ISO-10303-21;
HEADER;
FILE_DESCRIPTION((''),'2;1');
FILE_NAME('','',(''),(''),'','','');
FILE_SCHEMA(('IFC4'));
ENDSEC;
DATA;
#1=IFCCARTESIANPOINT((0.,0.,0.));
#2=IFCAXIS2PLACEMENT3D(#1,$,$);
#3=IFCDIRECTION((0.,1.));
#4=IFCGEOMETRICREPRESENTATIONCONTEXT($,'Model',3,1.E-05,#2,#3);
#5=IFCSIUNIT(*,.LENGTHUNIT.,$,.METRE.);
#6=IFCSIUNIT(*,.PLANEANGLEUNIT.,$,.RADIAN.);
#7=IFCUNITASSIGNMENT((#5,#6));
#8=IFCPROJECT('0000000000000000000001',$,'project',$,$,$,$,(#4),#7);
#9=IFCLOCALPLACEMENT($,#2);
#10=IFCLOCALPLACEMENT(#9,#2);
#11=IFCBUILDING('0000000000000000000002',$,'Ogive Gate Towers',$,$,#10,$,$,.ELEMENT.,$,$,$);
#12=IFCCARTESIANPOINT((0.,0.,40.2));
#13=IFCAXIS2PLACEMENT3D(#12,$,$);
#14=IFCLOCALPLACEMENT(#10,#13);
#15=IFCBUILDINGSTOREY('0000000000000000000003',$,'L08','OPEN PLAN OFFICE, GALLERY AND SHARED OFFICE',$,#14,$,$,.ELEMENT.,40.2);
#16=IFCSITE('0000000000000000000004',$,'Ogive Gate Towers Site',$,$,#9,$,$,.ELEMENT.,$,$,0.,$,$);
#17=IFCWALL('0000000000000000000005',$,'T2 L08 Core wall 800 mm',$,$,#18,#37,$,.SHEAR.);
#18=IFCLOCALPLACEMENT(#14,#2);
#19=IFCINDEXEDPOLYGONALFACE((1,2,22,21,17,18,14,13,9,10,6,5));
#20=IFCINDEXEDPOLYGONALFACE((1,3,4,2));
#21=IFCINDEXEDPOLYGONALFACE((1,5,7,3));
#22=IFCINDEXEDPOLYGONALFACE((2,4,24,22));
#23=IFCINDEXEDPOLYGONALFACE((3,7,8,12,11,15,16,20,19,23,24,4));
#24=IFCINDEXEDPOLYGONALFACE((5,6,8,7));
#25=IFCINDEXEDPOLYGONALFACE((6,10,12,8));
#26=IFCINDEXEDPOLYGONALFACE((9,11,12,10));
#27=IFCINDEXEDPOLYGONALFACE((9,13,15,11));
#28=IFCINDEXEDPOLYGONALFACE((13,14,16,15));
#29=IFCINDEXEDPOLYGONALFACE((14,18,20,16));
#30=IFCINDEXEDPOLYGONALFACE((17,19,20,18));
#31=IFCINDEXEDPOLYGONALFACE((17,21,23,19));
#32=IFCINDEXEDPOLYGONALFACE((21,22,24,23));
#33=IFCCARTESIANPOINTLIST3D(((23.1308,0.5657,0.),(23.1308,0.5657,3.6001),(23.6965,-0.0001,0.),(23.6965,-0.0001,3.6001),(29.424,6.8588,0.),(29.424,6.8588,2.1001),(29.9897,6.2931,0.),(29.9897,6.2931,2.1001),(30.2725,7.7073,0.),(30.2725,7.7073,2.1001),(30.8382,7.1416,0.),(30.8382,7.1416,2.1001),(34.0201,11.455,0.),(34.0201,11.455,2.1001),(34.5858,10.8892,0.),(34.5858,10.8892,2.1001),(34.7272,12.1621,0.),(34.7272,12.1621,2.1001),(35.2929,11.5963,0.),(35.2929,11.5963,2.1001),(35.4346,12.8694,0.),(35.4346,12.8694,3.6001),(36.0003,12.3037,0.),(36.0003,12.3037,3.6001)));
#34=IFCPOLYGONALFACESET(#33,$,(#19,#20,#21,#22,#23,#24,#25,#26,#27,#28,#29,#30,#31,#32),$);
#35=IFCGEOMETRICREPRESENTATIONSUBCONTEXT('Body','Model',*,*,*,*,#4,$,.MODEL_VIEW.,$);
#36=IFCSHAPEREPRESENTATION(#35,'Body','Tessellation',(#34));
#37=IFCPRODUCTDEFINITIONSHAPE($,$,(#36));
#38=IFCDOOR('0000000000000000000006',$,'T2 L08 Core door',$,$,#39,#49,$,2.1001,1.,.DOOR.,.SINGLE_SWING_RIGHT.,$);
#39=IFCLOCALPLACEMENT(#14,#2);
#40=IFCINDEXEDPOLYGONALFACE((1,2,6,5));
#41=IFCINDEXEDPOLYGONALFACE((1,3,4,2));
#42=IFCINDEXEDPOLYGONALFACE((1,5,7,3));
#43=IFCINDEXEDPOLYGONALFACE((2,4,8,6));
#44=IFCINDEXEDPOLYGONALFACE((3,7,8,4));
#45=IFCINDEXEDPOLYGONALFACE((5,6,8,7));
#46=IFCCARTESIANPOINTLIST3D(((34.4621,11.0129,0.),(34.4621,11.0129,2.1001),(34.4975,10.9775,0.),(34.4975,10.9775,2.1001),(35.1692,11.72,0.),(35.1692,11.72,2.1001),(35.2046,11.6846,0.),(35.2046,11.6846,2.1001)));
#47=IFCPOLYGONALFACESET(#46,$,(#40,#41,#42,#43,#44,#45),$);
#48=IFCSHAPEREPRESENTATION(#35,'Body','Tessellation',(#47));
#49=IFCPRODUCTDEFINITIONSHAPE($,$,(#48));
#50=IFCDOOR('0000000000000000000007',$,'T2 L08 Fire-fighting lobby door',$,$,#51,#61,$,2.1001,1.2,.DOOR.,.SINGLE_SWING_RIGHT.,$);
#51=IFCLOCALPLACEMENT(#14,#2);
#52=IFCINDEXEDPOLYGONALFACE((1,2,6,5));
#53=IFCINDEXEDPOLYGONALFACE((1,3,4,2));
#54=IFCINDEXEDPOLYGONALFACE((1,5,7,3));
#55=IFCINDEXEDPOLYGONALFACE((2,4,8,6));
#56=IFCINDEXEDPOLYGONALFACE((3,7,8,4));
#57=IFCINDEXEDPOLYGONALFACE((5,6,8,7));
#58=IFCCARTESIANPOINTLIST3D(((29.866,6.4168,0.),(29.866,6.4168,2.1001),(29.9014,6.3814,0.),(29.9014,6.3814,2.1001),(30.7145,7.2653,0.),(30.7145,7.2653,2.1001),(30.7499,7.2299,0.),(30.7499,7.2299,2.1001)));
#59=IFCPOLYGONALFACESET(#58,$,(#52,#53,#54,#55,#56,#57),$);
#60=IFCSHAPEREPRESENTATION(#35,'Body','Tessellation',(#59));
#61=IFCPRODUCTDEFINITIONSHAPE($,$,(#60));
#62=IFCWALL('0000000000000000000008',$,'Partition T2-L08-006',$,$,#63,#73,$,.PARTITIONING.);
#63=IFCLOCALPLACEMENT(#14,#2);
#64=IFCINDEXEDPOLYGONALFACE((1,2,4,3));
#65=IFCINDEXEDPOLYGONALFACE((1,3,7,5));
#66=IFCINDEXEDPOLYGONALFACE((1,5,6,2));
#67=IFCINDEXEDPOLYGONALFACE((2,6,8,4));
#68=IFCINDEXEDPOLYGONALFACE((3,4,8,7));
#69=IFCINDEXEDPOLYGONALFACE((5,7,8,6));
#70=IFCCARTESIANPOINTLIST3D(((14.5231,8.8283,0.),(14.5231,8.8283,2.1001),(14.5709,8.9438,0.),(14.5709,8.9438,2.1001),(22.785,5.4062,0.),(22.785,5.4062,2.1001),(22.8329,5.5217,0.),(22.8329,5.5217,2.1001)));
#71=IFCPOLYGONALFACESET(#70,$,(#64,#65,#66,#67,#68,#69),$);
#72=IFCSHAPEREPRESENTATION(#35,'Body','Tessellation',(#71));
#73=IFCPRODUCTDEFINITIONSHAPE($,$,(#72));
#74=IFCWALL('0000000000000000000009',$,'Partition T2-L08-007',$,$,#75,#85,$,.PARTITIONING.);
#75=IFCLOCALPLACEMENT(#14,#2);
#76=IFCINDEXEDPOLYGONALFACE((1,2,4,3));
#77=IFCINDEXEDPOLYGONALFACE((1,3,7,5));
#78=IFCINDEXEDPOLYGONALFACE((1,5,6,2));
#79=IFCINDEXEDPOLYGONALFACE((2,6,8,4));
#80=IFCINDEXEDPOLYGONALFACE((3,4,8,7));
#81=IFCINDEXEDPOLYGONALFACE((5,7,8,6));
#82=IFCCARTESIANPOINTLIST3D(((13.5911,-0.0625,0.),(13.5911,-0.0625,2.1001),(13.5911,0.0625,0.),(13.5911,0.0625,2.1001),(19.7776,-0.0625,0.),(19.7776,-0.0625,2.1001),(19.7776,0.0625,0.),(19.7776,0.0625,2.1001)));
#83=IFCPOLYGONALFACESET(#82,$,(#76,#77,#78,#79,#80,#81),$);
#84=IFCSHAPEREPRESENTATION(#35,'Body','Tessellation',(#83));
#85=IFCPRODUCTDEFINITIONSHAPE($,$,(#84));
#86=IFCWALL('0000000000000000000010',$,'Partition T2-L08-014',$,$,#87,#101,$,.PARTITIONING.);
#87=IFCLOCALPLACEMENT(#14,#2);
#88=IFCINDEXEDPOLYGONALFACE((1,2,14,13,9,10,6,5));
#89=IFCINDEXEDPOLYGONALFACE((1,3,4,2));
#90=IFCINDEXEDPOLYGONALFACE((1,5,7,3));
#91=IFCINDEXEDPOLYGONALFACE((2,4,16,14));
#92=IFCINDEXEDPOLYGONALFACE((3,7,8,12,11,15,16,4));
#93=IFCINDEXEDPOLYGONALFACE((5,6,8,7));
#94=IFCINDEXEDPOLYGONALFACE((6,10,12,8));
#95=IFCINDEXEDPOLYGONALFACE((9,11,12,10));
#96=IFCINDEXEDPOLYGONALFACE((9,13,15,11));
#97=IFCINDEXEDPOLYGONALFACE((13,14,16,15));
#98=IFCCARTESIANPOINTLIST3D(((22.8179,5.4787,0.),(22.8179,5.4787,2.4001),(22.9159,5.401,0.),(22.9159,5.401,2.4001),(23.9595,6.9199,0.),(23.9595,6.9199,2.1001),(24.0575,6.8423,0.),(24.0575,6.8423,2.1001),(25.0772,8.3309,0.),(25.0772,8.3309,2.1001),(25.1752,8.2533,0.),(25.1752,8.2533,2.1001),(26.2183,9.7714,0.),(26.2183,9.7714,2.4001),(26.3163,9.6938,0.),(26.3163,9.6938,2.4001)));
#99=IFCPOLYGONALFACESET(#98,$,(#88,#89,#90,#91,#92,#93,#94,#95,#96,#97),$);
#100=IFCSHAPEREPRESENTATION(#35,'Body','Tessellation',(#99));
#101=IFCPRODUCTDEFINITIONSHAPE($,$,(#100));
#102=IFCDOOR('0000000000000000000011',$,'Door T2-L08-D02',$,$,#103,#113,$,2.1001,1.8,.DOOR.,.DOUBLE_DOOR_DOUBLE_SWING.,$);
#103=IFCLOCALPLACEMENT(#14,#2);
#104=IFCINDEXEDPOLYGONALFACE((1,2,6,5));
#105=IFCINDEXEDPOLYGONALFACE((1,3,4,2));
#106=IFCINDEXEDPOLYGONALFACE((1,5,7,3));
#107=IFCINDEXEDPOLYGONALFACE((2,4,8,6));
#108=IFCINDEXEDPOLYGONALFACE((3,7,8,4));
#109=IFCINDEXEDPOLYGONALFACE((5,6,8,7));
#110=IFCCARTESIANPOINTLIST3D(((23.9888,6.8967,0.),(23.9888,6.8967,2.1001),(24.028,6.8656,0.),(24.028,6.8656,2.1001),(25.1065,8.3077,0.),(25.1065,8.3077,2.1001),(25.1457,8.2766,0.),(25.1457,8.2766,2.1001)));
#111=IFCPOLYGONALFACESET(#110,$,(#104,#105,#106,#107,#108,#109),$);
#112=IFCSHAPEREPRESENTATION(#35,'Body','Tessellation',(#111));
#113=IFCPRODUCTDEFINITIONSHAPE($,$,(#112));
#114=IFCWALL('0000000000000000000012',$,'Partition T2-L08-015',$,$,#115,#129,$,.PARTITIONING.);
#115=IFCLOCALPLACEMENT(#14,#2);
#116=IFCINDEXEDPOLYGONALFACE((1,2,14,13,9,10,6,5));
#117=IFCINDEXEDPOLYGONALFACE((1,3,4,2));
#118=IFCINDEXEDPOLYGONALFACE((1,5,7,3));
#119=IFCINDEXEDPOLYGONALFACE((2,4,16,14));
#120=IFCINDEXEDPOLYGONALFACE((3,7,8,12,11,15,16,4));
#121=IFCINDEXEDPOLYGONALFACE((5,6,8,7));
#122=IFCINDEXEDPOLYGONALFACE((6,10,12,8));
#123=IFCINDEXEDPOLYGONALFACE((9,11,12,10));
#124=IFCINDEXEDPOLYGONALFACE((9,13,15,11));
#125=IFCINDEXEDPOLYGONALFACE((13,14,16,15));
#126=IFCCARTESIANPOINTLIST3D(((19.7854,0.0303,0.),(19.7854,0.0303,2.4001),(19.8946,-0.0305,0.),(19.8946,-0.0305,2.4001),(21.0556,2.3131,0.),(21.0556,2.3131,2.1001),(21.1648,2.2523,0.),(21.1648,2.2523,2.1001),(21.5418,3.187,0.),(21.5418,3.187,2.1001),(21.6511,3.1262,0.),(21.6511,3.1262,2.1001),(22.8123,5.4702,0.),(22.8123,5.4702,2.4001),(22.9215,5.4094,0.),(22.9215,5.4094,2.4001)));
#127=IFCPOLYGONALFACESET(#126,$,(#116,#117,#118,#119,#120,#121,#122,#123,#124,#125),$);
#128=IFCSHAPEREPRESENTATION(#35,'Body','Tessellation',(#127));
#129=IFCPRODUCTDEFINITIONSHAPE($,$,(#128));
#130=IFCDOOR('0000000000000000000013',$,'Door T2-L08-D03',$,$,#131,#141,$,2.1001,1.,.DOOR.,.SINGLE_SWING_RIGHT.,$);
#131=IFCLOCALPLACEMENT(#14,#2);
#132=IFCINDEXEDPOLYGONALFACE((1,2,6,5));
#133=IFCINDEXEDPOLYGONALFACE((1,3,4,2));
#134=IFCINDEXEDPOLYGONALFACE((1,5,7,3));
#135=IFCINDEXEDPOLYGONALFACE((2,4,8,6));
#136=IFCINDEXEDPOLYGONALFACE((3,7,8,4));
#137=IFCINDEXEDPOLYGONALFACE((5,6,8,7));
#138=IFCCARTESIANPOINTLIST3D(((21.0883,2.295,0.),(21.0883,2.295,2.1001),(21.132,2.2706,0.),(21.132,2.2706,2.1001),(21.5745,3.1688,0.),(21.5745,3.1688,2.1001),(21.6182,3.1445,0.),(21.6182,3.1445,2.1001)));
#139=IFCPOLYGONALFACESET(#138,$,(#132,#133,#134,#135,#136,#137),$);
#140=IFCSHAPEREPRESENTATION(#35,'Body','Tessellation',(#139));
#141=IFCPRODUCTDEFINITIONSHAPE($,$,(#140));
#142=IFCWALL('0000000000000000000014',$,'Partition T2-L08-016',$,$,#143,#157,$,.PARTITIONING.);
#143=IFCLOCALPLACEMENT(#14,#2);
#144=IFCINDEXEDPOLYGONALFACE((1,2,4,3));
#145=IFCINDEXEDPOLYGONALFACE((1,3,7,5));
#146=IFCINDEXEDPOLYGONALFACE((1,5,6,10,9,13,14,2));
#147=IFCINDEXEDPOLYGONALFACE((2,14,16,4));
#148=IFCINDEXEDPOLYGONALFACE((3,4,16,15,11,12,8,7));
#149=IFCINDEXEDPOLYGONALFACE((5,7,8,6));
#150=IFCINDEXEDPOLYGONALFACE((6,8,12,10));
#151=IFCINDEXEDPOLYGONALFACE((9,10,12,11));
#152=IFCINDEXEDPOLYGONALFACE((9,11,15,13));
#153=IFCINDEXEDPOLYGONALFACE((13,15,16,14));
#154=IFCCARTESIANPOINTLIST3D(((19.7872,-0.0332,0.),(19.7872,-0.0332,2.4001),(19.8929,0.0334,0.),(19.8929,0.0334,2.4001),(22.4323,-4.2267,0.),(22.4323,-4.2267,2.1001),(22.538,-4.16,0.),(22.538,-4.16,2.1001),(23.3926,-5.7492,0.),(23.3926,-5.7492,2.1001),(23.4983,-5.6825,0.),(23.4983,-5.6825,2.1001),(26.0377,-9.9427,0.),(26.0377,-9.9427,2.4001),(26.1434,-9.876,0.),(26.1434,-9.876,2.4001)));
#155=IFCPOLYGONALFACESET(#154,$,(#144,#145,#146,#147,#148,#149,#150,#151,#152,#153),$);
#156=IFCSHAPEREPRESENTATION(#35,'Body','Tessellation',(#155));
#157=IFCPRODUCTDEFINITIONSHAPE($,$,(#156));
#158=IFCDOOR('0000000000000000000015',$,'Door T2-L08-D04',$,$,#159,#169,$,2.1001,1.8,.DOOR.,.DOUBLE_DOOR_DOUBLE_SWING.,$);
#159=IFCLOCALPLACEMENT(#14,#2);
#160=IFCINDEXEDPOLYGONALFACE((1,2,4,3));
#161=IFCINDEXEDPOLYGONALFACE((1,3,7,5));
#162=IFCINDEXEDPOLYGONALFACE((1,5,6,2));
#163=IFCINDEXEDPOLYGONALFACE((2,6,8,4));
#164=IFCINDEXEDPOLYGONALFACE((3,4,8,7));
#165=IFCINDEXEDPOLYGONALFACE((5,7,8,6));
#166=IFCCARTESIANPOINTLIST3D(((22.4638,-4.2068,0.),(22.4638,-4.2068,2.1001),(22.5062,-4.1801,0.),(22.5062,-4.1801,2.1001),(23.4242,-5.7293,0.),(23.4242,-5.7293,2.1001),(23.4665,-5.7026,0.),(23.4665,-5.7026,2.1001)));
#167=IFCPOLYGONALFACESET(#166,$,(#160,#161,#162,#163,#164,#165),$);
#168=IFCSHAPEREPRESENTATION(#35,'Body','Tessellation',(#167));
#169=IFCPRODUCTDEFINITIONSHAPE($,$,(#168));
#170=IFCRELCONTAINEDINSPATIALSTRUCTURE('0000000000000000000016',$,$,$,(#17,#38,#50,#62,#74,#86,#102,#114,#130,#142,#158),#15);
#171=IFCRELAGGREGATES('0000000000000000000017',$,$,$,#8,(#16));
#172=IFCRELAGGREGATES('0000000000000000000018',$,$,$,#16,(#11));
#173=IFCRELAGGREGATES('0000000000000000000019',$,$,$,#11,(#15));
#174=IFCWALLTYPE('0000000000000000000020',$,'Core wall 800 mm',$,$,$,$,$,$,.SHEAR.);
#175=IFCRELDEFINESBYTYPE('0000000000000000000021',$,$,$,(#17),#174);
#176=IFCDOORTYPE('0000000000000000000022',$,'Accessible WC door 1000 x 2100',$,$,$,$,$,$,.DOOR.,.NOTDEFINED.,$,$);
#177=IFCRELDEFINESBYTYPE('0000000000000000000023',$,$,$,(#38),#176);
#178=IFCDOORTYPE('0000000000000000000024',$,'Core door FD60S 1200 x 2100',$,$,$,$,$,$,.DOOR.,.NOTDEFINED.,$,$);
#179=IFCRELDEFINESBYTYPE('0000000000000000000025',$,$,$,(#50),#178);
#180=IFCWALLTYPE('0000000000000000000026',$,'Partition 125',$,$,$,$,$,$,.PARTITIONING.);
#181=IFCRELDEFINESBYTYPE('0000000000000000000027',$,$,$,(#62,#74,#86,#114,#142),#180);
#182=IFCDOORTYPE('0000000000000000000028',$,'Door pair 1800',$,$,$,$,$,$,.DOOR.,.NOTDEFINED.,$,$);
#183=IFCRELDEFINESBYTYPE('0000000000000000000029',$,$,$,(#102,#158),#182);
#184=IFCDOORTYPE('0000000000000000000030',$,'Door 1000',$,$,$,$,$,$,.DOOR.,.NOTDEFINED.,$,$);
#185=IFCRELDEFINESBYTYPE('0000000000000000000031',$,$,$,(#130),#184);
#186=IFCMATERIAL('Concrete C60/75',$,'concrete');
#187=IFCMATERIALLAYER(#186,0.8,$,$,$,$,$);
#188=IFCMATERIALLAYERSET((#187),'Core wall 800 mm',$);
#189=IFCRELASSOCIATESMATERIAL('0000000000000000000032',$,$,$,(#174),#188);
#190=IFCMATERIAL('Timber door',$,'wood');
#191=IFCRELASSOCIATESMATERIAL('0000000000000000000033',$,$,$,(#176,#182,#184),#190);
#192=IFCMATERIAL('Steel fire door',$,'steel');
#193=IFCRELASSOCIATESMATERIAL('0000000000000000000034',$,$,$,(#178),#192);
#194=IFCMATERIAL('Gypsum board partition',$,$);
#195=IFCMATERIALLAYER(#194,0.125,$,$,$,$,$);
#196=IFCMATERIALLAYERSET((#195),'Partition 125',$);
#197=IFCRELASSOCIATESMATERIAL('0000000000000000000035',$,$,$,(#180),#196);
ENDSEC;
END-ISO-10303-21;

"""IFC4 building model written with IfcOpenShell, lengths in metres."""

from ifc_helpers import new_model, si_unit, direction, frame, frame_2d, origin, place, context, subcontext, project, spatial, rectangle, extrude, material, layer, layer_set, type_object, element, fill, save


model = new_model("IFC4")

# Units and contexts
model_context = context("Model", 3, precision=1e-05, world=origin(), true_north=direction((0.0, 1.0)))
body_context = subcontext(model_context, "Body", "Model", "MODEL_VIEW")
ifc_project = project(units=[si_unit("LENGTHUNIT", "METRE"), si_unit("PLANEANGLEUNIT", "RADIAN")], contexts=[model_context])

# Site, building, storey
site_placement = place(None, origin())
site = spatial("IfcSite", under=ifc_project, at=site_placement, Name="Ogive Gate Towers Site", CompositionType="ELEMENT", RefElevation=0.0)
building_placement = place(site_placement, origin())
building = spatial("IfcBuilding", under=site, at=building_placement, Name="Ogive Gate Towers", CompositionType="ELEMENT")
storey_placement = place(building_placement, frame((0.0, 0.0, 40.2)))
storey = spatial("IfcBuildingStorey", under=building, at=storey_placement, Name="L08", Description="OPEN PLAN OFFICE, GALLERY AND SHARED OFFICE", CompositionType="ELEMENT", Elevation=40.2)

# Wall, openings, doors
ifc_material_1 = material(Name="Concrete C60/75", Category="concrete")
ifc_layer_1 = layer(ifc_material_1, 0.8)
ifc_layer_set_1 = layer_set([ifc_layer_1], Name="Core wall 800 mm")
wall_type_1 = type_object("IfcWallType", Name="Core wall 800 mm", PredefinedType="SHEAR", material=ifc_layer_set_1)
wall_1_placement = place(storey_placement, frame((23.4136, 0.2827, 0.0), z_axis=(0.0, 0.0, 1.0), x_axis=(0.707107, 0.707107, 0.0)))
wall_1 = element("IfcWall", 1, at=wall_1_placement, inside=storey, type_object=wall_type_1, Name="T2 L08 Core wall 800 mm", PredefinedType="SHEAR", context=body_context, shape_type="SweptSolid", body=[
    extrude(rectangle(XDim=17.4001, YDim=0.8, at=frame_2d((8.7002, 0.0))), origin(), (0.0, 0.0, 1.0), 3.6001),
])
opening_1_placement = place(wall_1_placement, frame((8.8999, 0.0, 0.0)))
opening_1 = element("IfcOpeningElement", 2, at=opening_1_placement, cuts=wall_1, PredefinedType="OPENING", context=body_context, shape_type="SweptSolid", body=[
    extrude(rectangle(XDim=1.2, YDim=2.1001, at=frame_2d((0.6001, 1.05))), frame((0.0, 0.4102, 0.0), z_axis=(0.0, -1.0, 0.0), x_axis=(1.0, 0.0, 0.0)), (0.0, 0.0, 1.0), 0.8201),
])
opening_2_placement = place(wall_1_placement, frame((15.3999, 0.0, 0.0)))
opening_2 = element("IfcOpeningElement", 3, at=opening_2_placement, cuts=wall_1, PredefinedType="OPENING", context=body_context, shape_type="SweptSolid", body=[
    extrude(rectangle(XDim=1.0, YDim=2.1001, at=frame_2d((0.5, 1.05))), frame((0.0, 0.4102, 0.0), z_axis=(0.0, -1.0, 0.0), x_axis=(1.0, 0.0, 0.0)), (0.0, 0.0, 1.0), 0.8201),
])
ifc_material_2 = material(Name="Timber door", Category="wood")
door_type_1 = type_object("IfcDoorType", Name="Accessible WC door 1000 x 2100", OperationType="NOTDEFINED", PredefinedType="DOOR", material=ifc_material_2)
door_1_placement = place(opening_2_placement, origin())
door_1 = element("IfcDoor", 4, at=door_1_placement, inside=storey, type_object=door_type_1, Name="T2 L08 Core door", OperationType="SINGLE_SWING_RIGHT", OverallHeight=2.1001, OverallWidth=1.0, PredefinedType="DOOR", context=body_context, shape_type="SweptSolid", body=[
    extrude(rectangle(XDim=1.0, YDim=2.1001, at=frame_2d((0.5, 1.05))), frame((0.0, -0.2251, 0.0), z_axis=(0.0, -1.0, 0.0), x_axis=(1.0, 0.0, 0.0)), (0.0, 0.0, 1.0), 0.05),
])
fill(opening_2, door_1)
ifc_material_3 = material(Name="Steel fire door", Category="steel")
door_type_2 = type_object("IfcDoorType", Name="Core door FD60S 1200 x 2100", OperationType="NOTDEFINED", PredefinedType="DOOR", material=ifc_material_3)
door_2_placement = place(opening_1_placement, origin())
door_2 = element("IfcDoor", 5, at=door_2_placement, inside=storey, type_object=door_type_2, Name="T2 L08 Fire-fighting lobby door", OperationType="SINGLE_SWING_RIGHT", OverallHeight=2.1001, OverallWidth=1.2, PredefinedType="DOOR", context=body_context, shape_type="SweptSolid", body=[
    extrude(rectangle(XDim=1.2, YDim=2.1001, at=frame_2d((0.6001, 1.05))), frame((0.0, -0.2251, 0.0), z_axis=(0.0, -1.0, 0.0), x_axis=(1.0, 0.0, 0.0)), (0.0, 0.0, 1.0), 0.05),
])
fill(opening_1, door_2)

# Walls
ifc_material_4 = material(Name="Gypsum board partition")
ifc_layer_2 = layer(ifc_material_4, 0.125)
ifc_layer_set_2 = layer_set([ifc_layer_2], Name="Partition 125")
wall_type_2 = type_object("IfcWallType", Name="Partition 125", PredefinedType="PARTITIONING", material=ifc_layer_set_2)
wall_2_placement = place(storey_placement, frame((14.5471, 8.886, 0.0), z_axis=(0.0, 0.0, 1.0), x_axis=(0.923883, -0.382674, 0.0)))
element("IfcWall", 6, at=wall_2_placement, inside=storey, type_object=wall_type_2, Name="Partition T2-L08-006", PredefinedType="PARTITIONING", context=body_context, shape_type="SweptSolid", body=[
    extrude(rectangle(XDim=8.9426, YDim=0.125, at=frame_2d((4.4712, 0.0))), origin(), (0.0, 0.0, 1.0), 2.1001),
])
wall_3_placement = place(storey_placement, frame((13.5911, 0.0, 0.0), z_axis=(0.0, 0.0, 1.0), x_axis=(1.0, 0.0, 0.0)))
element("IfcWall", 7, at=wall_3_placement, inside=storey, type_object=wall_type_2, Name="Partition T2-L08-007", PredefinedType="PARTITIONING", context=body_context, shape_type="SweptSolid", body=[
    extrude(rectangle(XDim=6.1865, YDim=0.125, at=frame_2d((3.0933, 0.0))), origin(), (0.0, 0.0, 1.0), 2.1001),
])

# Walls, openings, doors
wall_4_placement = place(storey_placement, frame((26.2673, 9.7327, 0.0), z_axis=(0.0, 0.0, 1.0), x_axis=(-0.620926, -0.78387, 0.0)))
wall_4 = element("IfcWall", 8, at=wall_4_placement, inside=storey, type_object=wall_type_2, Name="Partition T2-L08-014", PredefinedType="PARTITIONING", context=body_context, shape_type="SweptSolid", body=[
    extrude(rectangle(XDim=5.4763, YDim=0.125, at=frame_2d((2.7383, 0.0))), origin(), (0.0, 0.0, 1.0), 2.4001),
])
opening_3_placement = place(wall_4_placement, frame((1.8379, 0.0, 0.0)))
opening_3 = element("IfcOpeningElement", 9, at=opening_3_placement, cuts=wall_4, PredefinedType="OPENING", context=body_context, shape_type="SweptSolid", body=[
    extrude(rectangle(XDim=1.8, YDim=2.1001, at=frame_2d((0.8999, 1.05))), frame((0.0, 0.0725, 0.0), z_axis=(0.0, -1.0, 0.0), x_axis=(1.0, 0.0, 0.0)), (0.0, 0.0, 1.0), 0.145),
])
door_type_3 = type_object("IfcDoorType", Name="Door pair 1800", OperationType="NOTDEFINED", PredefinedType="DOOR", material=ifc_material_2)
door_3_placement = place(opening_3_placement, origin())
door_3 = element("IfcDoor", 10, at=door_3_placement, inside=storey, type_object=door_type_3, Name="Door T2-L08-D02", OperationType="DOUBLE_DOOR_DOUBLE_SWING", OverallHeight=2.1001, OverallWidth=1.8, PredefinedType="DOOR", context=body_context, shape_type="SweptSolid", body=[
    extrude(rectangle(XDim=1.8, YDim=2.1001, at=frame_2d((0.8999, 1.05))), frame((0.0, 0.0249, 0.0), z_axis=(0.0, -1.0, 0.0), x_axis=(1.0, 0.0, 0.0)), (0.0, 0.0, 1.0), 0.05),
])
fill(opening_3, door_3)
wall_5_placement = place(storey_placement, frame((22.8669, 5.4399, 0.0), z_axis=(0.0, 0.0, 1.0), x_axis=(-0.486216, -0.873839, 0.0)))
wall_5 = element("IfcWall", 11, at=wall_5_placement, inside=storey, type_object=wall_type_2, Name="Partition T2-L08-015", PredefinedType="PARTITIONING", context=body_context, shape_type="SweptSolid", body=[
    extrude(rectangle(XDim=6.2253, YDim=0.125, at=frame_2d((3.1128, 0.0))), origin(), (0.0, 0.0, 1.0), 2.4001),
])
opening_4_placement = place(wall_5_placement, frame((2.613, 0.0, 0.0)))
opening_4 = element("IfcOpeningElement", 12, at=opening_4_placement, cuts=wall_5, PredefinedType="OPENING", context=body_context, shape_type="SweptSolid", body=[
    extrude(rectangle(XDim=1.0, YDim=2.1001, at=frame_2d((0.5, 1.05))), frame((0.0, 0.0725, 0.0), z_axis=(0.0, -1.0, 0.0), x_axis=(1.0, 0.0, 0.0)), (0.0, 0.0, 1.0), 0.145),
])
door_type_4 = type_object("IfcDoorType", Name="Door 1000", OperationType="NOTDEFINED", PredefinedType="DOOR", material=ifc_material_2)
door_4_placement = place(opening_4_placement, origin())
door_4 = element("IfcDoor", 13, at=door_4_placement, inside=storey, type_object=door_type_4, Name="Door T2-L08-D03", OperationType="SINGLE_SWING_RIGHT", OverallHeight=2.1001, OverallWidth=1.0, PredefinedType="DOOR", context=body_context, shape_type="SweptSolid", body=[
    extrude(rectangle(XDim=1.0, YDim=2.1001, at=frame_2d((0.5, 1.05))), frame((0.0, 0.0249, 0.0), z_axis=(0.0, -1.0, 0.0), x_axis=(1.0, 0.0, 0.0)), (0.0, 0.0, 1.0), 0.05),
])
fill(opening_4, door_4)
wall_6_placement = place(storey_placement, frame((19.8401, 0.0, 0.0), z_axis=(0.0, 0.0, 1.0), x_axis=(0.533499, -0.845801, 0.0)))
wall_6 = element("IfcWall", 14, at=wall_6_placement, inside=storey, type_object=wall_type_2, Name="Partition T2-L08-016", PredefinedType="PARTITIONING", context=body_context, shape_type="SweptSolid", body=[
    extrude(rectangle(XDim=11.7161, YDim=0.125, at=frame_2d((5.8579, 0.0))), origin(), (0.0, 0.0, 1.0), 2.4001),
])
opening_5_placement = place(wall_6_placement, frame((4.958, 0.0, 0.0)))
opening_5 = element("IfcOpeningElement", 15, at=opening_5_placement, cuts=wall_6, PredefinedType="OPENING", context=body_context, shape_type="SweptSolid", body=[
    extrude(rectangle(XDim=1.8, YDim=2.1001, at=frame_2d((0.8999, 1.05))), frame((0.0, 0.0725, 0.0), z_axis=(0.0, -1.0, 0.0), x_axis=(1.0, 0.0, 0.0)), (0.0, 0.0, 1.0), 0.145),
])
door_5_placement = place(opening_5_placement, origin())
door_5 = element("IfcDoor", 16, at=door_5_placement, inside=storey, type_object=door_type_3, Name="Door T2-L08-D04", OperationType="DOUBLE_DOOR_DOUBLE_SWING", OverallHeight=2.1001, OverallWidth=1.8, PredefinedType="DOOR", context=body_context, shape_type="SweptSolid", body=[
    extrude(rectangle(XDim=1.8, YDim=2.1001, at=frame_2d((0.8999, 1.05))), frame((0.0, 0.0249, 0.0), z_axis=(0.0, -1.0, 0.0), x_axis=(1.0, 0.0, 0.0)), (0.0, 0.0, 1.0), 0.05),
])
fill(opening_5, door_5)

save(model, "model.ifc")
